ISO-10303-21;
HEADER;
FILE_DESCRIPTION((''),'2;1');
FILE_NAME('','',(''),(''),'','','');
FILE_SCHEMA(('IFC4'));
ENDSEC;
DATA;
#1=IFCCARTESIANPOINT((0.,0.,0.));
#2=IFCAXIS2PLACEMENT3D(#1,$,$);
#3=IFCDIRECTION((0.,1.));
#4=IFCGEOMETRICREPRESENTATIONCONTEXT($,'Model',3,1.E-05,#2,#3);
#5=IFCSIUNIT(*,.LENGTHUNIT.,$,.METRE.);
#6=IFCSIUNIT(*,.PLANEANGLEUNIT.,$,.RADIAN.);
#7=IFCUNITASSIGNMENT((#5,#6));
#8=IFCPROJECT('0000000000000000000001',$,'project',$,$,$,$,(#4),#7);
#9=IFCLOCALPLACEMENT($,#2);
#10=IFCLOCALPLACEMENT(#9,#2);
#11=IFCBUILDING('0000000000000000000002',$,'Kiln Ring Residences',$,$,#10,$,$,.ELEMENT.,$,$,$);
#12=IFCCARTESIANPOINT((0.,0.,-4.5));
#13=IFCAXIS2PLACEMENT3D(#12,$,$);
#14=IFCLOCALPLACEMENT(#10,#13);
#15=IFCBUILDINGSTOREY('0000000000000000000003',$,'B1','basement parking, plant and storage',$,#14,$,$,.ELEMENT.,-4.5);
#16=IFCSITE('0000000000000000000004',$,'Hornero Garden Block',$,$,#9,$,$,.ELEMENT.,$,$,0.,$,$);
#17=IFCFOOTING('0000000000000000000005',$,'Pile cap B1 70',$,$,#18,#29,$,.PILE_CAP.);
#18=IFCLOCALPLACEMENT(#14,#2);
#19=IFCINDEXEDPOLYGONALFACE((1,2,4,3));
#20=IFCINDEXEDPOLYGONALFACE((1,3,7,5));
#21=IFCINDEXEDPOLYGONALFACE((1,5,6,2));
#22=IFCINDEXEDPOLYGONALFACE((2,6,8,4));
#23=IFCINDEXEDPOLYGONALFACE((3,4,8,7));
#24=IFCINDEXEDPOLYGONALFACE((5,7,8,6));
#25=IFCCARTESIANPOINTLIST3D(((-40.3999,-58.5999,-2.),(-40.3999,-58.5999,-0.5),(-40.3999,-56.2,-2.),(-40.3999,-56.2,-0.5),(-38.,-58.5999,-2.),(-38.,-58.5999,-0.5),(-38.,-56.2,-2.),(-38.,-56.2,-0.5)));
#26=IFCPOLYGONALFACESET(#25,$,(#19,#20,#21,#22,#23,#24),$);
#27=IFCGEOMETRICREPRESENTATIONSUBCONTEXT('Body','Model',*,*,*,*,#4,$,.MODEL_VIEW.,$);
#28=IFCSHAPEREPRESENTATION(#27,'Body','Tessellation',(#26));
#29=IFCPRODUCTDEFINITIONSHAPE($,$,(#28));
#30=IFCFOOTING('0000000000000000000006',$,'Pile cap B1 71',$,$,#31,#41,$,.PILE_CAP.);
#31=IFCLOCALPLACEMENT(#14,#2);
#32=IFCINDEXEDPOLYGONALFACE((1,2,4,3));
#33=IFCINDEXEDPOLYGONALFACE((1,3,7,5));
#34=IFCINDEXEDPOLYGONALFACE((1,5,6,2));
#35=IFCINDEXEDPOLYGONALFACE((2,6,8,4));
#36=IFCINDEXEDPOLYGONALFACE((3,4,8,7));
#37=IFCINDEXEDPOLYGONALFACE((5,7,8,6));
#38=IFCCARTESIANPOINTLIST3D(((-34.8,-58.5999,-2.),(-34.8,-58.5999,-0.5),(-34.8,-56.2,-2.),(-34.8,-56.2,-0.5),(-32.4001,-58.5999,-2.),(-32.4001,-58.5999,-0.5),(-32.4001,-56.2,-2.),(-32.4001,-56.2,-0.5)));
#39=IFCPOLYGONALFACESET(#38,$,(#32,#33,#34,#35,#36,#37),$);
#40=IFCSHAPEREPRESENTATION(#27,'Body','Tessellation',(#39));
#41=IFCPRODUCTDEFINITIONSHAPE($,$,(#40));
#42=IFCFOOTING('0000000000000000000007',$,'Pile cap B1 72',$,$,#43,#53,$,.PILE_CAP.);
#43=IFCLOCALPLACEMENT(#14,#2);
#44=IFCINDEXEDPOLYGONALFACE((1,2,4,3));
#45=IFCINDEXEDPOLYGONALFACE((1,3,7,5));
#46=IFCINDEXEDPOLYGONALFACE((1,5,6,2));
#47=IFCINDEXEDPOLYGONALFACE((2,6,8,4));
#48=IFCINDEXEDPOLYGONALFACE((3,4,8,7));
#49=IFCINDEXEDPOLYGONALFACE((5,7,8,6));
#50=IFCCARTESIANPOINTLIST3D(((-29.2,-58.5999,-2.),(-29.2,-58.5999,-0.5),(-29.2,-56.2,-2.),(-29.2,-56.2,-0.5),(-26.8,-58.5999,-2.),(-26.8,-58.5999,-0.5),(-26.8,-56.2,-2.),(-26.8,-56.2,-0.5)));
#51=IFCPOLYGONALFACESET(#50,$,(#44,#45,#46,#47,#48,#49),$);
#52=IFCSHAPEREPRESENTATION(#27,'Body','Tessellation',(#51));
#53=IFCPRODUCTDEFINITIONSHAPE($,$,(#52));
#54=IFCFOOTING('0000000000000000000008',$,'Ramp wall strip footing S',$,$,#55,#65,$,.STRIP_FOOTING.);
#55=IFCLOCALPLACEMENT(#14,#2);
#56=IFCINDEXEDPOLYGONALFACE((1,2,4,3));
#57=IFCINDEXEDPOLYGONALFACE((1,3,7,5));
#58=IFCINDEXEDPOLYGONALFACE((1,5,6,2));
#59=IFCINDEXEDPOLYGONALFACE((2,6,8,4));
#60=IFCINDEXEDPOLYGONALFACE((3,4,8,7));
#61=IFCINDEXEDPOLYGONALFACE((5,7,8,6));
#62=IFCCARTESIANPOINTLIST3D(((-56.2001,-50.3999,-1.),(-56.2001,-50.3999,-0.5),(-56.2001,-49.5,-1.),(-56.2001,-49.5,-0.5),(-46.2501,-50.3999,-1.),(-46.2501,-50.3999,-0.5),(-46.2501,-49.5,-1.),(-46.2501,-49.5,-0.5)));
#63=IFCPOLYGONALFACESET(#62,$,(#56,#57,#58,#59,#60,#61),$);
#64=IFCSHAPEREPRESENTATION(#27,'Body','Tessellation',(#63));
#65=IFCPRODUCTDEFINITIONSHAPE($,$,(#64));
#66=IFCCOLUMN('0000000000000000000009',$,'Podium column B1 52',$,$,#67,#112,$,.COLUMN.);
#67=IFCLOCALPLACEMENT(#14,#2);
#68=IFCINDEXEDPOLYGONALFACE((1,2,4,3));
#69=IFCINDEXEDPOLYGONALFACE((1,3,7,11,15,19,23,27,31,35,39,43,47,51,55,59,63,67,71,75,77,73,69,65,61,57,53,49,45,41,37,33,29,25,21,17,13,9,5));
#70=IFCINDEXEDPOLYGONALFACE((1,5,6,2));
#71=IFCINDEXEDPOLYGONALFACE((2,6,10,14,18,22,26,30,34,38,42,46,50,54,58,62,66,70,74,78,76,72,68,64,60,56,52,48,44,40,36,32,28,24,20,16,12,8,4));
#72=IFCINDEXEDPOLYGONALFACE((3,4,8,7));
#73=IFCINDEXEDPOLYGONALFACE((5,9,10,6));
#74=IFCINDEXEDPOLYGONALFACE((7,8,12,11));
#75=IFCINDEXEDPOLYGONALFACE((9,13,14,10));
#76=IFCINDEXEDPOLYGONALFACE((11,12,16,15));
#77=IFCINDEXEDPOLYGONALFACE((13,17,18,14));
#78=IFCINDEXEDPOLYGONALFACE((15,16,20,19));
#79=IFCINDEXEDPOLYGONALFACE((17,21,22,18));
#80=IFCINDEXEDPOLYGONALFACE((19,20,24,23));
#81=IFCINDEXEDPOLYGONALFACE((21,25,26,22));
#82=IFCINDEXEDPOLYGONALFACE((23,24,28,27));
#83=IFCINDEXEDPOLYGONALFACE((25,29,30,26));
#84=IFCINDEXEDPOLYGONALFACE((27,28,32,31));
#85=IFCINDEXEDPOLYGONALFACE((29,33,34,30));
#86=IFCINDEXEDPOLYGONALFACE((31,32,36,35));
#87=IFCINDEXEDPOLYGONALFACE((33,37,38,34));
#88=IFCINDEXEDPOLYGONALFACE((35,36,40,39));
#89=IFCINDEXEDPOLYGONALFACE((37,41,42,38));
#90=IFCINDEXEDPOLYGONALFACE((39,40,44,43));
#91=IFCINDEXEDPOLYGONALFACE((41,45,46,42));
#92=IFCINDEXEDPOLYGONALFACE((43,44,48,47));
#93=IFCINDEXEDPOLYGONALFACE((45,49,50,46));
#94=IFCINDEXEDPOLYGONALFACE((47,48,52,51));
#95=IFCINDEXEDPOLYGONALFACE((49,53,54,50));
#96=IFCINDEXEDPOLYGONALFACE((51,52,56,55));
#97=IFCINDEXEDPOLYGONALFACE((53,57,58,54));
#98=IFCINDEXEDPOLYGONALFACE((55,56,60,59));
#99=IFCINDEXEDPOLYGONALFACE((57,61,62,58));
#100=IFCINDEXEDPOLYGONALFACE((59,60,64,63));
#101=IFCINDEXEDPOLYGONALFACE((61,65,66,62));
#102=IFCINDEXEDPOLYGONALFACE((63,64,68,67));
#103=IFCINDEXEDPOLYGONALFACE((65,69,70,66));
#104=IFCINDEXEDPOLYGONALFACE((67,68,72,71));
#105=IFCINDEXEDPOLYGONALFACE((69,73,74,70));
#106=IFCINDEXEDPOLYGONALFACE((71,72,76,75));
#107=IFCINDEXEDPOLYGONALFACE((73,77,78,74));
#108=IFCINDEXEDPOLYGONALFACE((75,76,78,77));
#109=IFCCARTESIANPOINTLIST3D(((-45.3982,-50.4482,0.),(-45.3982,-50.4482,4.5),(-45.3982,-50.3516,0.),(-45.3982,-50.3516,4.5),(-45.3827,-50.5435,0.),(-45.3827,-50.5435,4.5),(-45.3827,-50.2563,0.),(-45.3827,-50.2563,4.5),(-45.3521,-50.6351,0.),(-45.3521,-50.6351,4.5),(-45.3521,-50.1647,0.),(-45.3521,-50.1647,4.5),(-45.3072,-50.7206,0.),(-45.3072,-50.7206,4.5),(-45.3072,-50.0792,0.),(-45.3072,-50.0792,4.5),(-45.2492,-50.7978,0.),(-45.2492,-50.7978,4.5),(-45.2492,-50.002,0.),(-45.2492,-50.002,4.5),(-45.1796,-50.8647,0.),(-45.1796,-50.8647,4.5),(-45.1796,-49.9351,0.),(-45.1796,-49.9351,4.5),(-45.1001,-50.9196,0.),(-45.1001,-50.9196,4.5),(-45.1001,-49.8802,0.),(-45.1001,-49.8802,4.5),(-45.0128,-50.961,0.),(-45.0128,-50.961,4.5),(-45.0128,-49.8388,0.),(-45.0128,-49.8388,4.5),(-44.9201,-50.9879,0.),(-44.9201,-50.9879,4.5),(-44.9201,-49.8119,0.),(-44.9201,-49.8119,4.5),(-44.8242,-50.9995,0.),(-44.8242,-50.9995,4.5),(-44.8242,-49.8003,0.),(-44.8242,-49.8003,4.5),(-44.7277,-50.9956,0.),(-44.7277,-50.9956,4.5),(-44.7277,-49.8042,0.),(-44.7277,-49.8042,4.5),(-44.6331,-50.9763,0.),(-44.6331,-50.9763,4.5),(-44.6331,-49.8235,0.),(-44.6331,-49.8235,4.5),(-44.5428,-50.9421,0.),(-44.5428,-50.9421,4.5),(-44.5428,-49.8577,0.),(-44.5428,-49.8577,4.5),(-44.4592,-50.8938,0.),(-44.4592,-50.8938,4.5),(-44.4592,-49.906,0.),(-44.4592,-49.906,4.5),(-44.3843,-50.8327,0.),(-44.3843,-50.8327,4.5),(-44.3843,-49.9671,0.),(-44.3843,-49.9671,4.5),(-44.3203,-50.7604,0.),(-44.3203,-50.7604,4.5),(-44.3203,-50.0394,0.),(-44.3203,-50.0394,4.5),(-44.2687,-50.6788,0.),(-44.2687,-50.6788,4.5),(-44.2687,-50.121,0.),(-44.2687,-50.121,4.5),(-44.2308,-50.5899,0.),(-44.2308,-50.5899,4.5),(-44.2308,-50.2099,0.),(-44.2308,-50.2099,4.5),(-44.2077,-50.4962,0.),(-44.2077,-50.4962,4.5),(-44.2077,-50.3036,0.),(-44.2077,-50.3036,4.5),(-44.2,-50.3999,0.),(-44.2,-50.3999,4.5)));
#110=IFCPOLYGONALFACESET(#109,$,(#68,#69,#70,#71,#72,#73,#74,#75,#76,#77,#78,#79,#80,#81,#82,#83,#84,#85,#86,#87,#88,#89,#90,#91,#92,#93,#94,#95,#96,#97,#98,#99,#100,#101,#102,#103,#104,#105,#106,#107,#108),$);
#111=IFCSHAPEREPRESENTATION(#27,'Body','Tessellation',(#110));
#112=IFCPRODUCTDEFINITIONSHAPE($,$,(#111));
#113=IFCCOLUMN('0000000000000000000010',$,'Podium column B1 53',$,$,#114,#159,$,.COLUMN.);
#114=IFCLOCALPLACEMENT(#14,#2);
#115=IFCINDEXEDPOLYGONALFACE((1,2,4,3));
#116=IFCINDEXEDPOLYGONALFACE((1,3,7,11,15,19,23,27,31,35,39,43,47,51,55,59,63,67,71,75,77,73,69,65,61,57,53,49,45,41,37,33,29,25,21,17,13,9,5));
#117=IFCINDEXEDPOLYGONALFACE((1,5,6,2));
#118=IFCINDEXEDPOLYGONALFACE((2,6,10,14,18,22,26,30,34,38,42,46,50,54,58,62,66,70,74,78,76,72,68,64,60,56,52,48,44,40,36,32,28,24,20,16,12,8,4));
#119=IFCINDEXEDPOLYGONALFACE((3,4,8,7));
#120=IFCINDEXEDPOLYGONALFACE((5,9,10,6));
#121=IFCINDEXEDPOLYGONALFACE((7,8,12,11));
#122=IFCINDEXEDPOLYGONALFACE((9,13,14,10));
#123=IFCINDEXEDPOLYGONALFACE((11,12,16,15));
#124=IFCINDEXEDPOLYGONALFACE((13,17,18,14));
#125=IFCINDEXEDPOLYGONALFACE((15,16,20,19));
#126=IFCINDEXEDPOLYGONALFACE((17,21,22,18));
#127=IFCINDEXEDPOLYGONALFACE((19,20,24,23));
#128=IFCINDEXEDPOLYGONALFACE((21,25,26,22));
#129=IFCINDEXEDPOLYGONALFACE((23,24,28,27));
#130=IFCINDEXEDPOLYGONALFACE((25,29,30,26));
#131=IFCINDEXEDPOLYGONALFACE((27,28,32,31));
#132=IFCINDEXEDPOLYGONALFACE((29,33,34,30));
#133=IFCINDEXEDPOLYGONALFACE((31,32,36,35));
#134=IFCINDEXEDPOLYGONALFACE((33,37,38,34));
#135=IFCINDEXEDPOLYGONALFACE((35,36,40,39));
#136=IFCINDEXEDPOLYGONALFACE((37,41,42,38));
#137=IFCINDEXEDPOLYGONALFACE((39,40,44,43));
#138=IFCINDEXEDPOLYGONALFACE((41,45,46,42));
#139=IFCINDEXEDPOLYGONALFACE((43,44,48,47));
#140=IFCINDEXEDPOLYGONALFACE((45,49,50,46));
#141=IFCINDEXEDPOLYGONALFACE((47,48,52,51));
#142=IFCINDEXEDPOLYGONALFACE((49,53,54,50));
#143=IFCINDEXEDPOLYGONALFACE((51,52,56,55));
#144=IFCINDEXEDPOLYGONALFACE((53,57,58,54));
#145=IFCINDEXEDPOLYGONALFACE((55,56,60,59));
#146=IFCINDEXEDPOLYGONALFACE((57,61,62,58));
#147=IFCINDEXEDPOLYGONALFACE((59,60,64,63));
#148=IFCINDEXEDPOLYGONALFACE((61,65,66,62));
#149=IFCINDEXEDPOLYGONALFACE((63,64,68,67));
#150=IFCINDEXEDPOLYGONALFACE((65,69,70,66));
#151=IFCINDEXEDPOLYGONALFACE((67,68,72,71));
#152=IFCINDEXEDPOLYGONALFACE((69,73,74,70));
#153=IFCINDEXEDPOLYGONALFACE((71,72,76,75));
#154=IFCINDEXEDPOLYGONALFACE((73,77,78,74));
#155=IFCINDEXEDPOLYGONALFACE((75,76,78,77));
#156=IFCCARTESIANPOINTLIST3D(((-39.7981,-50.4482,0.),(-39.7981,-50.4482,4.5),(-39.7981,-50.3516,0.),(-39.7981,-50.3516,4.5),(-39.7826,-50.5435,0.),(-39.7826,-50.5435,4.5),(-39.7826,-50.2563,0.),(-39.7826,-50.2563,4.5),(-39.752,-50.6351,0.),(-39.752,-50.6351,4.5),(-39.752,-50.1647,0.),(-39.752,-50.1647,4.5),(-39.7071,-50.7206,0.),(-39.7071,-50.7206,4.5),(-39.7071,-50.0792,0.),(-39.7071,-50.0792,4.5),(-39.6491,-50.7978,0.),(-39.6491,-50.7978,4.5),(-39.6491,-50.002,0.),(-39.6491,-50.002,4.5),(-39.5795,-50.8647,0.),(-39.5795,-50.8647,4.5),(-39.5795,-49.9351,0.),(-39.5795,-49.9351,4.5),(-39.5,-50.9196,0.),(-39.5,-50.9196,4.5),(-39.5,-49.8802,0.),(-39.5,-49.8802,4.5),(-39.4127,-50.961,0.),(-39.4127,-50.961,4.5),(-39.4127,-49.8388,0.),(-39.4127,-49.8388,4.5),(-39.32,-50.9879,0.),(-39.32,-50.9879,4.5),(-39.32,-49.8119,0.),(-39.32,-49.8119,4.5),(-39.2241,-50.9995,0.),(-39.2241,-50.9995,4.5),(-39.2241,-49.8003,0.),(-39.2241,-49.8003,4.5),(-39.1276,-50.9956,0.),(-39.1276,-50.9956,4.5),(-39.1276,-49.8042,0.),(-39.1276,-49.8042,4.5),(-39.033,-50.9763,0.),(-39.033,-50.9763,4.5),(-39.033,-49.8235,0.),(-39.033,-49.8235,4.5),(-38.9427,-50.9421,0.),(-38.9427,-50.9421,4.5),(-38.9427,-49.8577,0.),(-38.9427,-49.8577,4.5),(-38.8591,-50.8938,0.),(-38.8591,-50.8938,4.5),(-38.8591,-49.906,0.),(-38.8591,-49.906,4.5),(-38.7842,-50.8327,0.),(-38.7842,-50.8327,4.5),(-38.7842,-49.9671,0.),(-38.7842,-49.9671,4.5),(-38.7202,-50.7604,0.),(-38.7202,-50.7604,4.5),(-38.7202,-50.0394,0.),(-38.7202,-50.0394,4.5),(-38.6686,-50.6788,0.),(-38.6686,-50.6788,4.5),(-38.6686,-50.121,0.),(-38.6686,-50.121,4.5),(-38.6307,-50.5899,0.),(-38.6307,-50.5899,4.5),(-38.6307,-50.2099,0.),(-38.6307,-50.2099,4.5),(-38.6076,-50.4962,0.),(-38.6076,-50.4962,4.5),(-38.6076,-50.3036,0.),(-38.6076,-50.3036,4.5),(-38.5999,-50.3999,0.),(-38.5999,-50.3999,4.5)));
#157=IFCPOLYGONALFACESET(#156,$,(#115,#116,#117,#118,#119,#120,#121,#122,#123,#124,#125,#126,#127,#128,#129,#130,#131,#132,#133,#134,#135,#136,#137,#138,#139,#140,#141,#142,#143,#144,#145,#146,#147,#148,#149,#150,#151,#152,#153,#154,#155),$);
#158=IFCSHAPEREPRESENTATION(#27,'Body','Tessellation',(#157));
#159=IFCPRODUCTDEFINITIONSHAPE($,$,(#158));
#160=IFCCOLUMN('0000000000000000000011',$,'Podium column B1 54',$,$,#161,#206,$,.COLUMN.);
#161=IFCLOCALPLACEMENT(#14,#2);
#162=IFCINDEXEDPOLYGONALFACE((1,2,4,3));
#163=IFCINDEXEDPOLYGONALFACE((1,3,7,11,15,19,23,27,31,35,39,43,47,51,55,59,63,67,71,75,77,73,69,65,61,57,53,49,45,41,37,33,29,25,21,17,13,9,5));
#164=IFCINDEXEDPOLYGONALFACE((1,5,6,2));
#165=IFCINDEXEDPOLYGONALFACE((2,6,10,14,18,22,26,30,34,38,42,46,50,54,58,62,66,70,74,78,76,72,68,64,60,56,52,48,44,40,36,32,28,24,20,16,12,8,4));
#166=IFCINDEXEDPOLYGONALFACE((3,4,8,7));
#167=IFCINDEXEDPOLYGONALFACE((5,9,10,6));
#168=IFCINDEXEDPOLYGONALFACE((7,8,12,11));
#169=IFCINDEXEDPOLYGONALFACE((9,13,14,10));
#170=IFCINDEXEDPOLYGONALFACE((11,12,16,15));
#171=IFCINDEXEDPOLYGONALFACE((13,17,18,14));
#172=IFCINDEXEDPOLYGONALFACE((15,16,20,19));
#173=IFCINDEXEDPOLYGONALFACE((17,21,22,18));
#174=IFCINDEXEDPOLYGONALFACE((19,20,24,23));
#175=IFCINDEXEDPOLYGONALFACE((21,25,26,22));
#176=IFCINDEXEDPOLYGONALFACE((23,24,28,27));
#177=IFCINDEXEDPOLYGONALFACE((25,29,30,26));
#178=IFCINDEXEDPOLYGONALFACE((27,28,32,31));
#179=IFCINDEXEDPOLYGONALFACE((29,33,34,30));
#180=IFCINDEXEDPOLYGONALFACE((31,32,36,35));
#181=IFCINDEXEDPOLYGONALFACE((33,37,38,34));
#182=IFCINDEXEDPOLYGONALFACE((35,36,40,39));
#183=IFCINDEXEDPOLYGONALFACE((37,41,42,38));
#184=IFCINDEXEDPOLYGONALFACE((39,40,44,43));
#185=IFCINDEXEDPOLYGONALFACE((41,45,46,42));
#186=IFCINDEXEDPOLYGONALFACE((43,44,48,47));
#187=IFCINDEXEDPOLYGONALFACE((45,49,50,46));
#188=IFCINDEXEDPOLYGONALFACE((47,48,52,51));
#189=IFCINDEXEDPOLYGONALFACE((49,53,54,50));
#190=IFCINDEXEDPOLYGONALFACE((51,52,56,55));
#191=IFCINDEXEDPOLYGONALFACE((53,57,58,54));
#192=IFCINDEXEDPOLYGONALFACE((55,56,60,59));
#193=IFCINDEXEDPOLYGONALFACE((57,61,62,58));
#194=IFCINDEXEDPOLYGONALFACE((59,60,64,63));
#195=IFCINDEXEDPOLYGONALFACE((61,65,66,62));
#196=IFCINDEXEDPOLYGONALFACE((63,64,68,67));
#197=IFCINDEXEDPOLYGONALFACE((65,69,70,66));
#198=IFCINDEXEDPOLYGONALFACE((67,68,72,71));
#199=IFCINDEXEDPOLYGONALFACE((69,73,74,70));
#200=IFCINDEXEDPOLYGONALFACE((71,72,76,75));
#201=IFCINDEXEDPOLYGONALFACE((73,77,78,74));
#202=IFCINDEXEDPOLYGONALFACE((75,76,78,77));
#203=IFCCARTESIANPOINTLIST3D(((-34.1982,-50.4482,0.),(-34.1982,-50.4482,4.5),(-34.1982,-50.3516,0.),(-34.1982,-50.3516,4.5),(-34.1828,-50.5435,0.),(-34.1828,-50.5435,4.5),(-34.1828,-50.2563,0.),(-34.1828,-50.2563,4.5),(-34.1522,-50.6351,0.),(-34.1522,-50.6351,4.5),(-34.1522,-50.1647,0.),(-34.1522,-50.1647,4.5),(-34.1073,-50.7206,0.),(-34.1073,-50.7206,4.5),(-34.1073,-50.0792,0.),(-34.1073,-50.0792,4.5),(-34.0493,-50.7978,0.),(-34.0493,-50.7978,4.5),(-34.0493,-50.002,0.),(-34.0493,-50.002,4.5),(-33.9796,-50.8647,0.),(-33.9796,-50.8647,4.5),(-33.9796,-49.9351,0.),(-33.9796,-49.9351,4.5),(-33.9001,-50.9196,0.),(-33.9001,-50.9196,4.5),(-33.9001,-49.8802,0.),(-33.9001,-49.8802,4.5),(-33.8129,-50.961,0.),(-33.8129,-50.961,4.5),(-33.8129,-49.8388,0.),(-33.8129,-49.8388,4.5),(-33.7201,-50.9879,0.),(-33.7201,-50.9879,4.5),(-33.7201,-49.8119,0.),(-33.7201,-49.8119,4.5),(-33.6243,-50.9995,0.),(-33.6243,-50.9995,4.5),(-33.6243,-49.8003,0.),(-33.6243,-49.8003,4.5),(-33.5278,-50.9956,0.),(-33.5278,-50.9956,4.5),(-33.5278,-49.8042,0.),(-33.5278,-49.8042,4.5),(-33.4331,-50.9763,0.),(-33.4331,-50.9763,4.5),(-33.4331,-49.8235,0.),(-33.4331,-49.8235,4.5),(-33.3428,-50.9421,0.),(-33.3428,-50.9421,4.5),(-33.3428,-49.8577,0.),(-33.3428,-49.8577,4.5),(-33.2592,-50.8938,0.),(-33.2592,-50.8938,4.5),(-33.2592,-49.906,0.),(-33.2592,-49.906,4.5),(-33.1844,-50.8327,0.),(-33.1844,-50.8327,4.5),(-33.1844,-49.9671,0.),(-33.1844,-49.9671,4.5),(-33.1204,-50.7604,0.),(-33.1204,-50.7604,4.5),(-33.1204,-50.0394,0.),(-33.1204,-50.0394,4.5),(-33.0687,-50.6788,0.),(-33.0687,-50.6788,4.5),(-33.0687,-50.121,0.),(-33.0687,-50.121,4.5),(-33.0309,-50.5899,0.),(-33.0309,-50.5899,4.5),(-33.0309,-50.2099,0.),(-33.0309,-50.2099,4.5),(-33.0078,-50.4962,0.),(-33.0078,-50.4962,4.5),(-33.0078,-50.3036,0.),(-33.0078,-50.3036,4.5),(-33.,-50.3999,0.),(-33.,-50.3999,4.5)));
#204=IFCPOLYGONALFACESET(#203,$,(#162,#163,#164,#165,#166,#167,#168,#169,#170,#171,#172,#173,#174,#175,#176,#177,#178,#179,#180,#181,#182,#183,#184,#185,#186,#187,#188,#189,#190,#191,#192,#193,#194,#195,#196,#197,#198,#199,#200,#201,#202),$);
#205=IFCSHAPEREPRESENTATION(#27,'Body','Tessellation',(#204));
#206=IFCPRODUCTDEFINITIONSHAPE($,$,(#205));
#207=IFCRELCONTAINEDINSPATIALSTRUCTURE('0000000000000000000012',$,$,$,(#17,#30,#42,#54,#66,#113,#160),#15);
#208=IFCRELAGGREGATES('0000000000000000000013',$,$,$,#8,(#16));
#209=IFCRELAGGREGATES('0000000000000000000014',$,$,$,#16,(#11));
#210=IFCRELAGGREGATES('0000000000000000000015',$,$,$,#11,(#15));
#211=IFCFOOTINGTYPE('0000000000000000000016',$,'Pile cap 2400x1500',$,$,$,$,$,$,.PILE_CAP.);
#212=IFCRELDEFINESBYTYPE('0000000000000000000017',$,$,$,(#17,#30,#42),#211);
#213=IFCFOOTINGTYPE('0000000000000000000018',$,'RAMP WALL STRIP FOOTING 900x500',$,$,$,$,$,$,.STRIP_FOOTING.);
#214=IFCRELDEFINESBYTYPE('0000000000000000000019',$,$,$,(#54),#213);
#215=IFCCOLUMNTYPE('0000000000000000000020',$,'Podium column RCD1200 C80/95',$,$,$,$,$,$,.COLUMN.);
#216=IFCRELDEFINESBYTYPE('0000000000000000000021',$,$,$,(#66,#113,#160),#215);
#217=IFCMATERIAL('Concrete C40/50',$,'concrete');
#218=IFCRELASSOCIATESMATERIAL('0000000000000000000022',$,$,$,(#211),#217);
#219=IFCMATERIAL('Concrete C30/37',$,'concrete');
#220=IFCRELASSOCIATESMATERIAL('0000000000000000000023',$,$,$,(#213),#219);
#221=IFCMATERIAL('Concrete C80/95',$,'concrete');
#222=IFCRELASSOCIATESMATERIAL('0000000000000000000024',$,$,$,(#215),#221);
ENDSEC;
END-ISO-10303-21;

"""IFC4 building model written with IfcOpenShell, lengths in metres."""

from ifc_helpers import new_model, si_unit, direction, frame, origin, origin_2d, place, context, subcontext, project, spatial, rectangle, circle, extrude, material, material_profile, profile_set, type_object, element, save


model = new_model("IFC4")

# Units and contexts
model_context = context("Model", 3, precision=1e-05, world=origin(), true_north=direction((0.0, 1.0)))
body_context = subcontext(model_context, "Body", "Model", "MODEL_VIEW")
ifc_project = project(units=[si_unit("LENGTHUNIT", "METRE"), si_unit("PLANEANGLEUNIT", "RADIAN")], contexts=[model_context])

# Site, building, storey
site_placement = place(None, origin())
site = spatial("IfcSite", under=ifc_project, at=site_placement, Name="Hornero Garden Block", CompositionType="ELEMENT", RefElevation=0.0)
building_placement = place(site_placement, origin())
building = spatial("IfcBuilding", under=site, at=building_placement, Name="Kiln Ring Residences", CompositionType="ELEMENT")
storey_placement = place(building_placement, frame((0.0, 0.0, -4.5)))
storey = spatial("IfcBuildingStorey", under=building, at=storey_placement, Name="B1", Description="basement parking, plant and storage", CompositionType="ELEMENT", Elevation=-4.5)

# Footings
ifc_material_1 = material(Name="Concrete C40/50", Category="concrete")
footing_type_1 = type_object("IfcFootingType", Name="Pile cap 2400x1500", PredefinedType="PILE_CAP", material=ifc_material_1)
for number, where, z_axis, x_axis, name in (
    (1, (-39.2, -57.3999, -2.0), (0.0, 0.0, 1.0), (1.0, 0.0, 0.0), "Pile cap B1 70"),
    (2, (-33.6001, -57.3999, -2.0), (0.0, 0.0, 1.0), (1.0, 0.0, 0.0), "Pile cap B1 71"),
    (3, (-28.0, -57.3999, -2.0), (0.0, 0.0, 1.0), (1.0, 0.0, 0.0), "Pile cap B1 72"),
):
    element("IfcFooting", number, at=place(storey_placement, frame(where, z_axis=z_axis, x_axis=x_axis)), inside=storey, type_object=footing_type_1, Name=name, PredefinedType="PILE_CAP", context=body_context, shape_type="SweptSolid", body=[
        extrude(rectangle(XDim=2.3999, YDim=2.3999, at=origin_2d()), origin(), (0.0, 0.0, 1.0), 1.5),
    ])
ifc_material_2 = material(Name="Concrete C30/37", Category="concrete")
footing_type_2 = type_object("IfcFootingType", Name="RAMP WALL STRIP FOOTING 900x500", PredefinedType="STRIP_FOOTING", material=ifc_material_2)
footing_placement = place(storey_placement, frame((-51.2251, -49.95, -1.0), z_axis=(0.0, 0.0, 1.0), x_axis=(1.0, 0.0, 0.0)))
element("IfcFooting", 4, at=footing_placement, inside=storey, type_object=footing_type_2, Name="Ramp wall strip footing S", PredefinedType="STRIP_FOOTING", context=body_context, shape_type="SweptSolid", body=[
    extrude(rectangle(XDim=9.95, YDim=0.8999, at=origin_2d()), origin(), (0.0, 0.0, 1.0), 0.5),
])

# Columns
ifc_material_3 = material(Name="Concrete C80/95", Category="concrete")
ifc_material_profile_1 = material_profile(ifc_material_3, circle(Radius=0.6001, at=origin_2d()), Name="RCD1200")
ifc_profile_set_1 = profile_set([ifc_material_profile_1], Name="Concrete C80/95")
column_type = type_object("IfcColumnType", Name="Podium column RCD1200 C80/95", PredefinedType="COLUMN", material=ifc_profile_set_1)
for number, where, z_axis, x_axis, name in (
    (5, (-44.8, -50.3999, 0.0), (0.0, 0.0, 1.0), (1.0, 0.0, 0.0), "Podium column B1 52"),
    (6, (-39.2, -50.3999, 0.0), (0.0, 0.0, 1.0), (1.0, 0.0, 0.0), "Podium column B1 53"),
    (7, (-33.6001, -50.3999, 0.0), (0.0, 0.0, 1.0), (1.0, 0.0, 0.0), "Podium column B1 54"),
):
    element("IfcColumn", number, at=place(storey_placement, frame(where, z_axis=z_axis, x_axis=x_axis)), inside=storey, type_object=column_type, Name=name, PredefinedType="COLUMN", context=body_context, shape_type="SweptSolid", body=[
        extrude(circle(Radius=0.6001, at=origin_2d()), origin(), (0.0, 0.0, 1.0), 4.5),
    ])

save(model, "model.ifc")
